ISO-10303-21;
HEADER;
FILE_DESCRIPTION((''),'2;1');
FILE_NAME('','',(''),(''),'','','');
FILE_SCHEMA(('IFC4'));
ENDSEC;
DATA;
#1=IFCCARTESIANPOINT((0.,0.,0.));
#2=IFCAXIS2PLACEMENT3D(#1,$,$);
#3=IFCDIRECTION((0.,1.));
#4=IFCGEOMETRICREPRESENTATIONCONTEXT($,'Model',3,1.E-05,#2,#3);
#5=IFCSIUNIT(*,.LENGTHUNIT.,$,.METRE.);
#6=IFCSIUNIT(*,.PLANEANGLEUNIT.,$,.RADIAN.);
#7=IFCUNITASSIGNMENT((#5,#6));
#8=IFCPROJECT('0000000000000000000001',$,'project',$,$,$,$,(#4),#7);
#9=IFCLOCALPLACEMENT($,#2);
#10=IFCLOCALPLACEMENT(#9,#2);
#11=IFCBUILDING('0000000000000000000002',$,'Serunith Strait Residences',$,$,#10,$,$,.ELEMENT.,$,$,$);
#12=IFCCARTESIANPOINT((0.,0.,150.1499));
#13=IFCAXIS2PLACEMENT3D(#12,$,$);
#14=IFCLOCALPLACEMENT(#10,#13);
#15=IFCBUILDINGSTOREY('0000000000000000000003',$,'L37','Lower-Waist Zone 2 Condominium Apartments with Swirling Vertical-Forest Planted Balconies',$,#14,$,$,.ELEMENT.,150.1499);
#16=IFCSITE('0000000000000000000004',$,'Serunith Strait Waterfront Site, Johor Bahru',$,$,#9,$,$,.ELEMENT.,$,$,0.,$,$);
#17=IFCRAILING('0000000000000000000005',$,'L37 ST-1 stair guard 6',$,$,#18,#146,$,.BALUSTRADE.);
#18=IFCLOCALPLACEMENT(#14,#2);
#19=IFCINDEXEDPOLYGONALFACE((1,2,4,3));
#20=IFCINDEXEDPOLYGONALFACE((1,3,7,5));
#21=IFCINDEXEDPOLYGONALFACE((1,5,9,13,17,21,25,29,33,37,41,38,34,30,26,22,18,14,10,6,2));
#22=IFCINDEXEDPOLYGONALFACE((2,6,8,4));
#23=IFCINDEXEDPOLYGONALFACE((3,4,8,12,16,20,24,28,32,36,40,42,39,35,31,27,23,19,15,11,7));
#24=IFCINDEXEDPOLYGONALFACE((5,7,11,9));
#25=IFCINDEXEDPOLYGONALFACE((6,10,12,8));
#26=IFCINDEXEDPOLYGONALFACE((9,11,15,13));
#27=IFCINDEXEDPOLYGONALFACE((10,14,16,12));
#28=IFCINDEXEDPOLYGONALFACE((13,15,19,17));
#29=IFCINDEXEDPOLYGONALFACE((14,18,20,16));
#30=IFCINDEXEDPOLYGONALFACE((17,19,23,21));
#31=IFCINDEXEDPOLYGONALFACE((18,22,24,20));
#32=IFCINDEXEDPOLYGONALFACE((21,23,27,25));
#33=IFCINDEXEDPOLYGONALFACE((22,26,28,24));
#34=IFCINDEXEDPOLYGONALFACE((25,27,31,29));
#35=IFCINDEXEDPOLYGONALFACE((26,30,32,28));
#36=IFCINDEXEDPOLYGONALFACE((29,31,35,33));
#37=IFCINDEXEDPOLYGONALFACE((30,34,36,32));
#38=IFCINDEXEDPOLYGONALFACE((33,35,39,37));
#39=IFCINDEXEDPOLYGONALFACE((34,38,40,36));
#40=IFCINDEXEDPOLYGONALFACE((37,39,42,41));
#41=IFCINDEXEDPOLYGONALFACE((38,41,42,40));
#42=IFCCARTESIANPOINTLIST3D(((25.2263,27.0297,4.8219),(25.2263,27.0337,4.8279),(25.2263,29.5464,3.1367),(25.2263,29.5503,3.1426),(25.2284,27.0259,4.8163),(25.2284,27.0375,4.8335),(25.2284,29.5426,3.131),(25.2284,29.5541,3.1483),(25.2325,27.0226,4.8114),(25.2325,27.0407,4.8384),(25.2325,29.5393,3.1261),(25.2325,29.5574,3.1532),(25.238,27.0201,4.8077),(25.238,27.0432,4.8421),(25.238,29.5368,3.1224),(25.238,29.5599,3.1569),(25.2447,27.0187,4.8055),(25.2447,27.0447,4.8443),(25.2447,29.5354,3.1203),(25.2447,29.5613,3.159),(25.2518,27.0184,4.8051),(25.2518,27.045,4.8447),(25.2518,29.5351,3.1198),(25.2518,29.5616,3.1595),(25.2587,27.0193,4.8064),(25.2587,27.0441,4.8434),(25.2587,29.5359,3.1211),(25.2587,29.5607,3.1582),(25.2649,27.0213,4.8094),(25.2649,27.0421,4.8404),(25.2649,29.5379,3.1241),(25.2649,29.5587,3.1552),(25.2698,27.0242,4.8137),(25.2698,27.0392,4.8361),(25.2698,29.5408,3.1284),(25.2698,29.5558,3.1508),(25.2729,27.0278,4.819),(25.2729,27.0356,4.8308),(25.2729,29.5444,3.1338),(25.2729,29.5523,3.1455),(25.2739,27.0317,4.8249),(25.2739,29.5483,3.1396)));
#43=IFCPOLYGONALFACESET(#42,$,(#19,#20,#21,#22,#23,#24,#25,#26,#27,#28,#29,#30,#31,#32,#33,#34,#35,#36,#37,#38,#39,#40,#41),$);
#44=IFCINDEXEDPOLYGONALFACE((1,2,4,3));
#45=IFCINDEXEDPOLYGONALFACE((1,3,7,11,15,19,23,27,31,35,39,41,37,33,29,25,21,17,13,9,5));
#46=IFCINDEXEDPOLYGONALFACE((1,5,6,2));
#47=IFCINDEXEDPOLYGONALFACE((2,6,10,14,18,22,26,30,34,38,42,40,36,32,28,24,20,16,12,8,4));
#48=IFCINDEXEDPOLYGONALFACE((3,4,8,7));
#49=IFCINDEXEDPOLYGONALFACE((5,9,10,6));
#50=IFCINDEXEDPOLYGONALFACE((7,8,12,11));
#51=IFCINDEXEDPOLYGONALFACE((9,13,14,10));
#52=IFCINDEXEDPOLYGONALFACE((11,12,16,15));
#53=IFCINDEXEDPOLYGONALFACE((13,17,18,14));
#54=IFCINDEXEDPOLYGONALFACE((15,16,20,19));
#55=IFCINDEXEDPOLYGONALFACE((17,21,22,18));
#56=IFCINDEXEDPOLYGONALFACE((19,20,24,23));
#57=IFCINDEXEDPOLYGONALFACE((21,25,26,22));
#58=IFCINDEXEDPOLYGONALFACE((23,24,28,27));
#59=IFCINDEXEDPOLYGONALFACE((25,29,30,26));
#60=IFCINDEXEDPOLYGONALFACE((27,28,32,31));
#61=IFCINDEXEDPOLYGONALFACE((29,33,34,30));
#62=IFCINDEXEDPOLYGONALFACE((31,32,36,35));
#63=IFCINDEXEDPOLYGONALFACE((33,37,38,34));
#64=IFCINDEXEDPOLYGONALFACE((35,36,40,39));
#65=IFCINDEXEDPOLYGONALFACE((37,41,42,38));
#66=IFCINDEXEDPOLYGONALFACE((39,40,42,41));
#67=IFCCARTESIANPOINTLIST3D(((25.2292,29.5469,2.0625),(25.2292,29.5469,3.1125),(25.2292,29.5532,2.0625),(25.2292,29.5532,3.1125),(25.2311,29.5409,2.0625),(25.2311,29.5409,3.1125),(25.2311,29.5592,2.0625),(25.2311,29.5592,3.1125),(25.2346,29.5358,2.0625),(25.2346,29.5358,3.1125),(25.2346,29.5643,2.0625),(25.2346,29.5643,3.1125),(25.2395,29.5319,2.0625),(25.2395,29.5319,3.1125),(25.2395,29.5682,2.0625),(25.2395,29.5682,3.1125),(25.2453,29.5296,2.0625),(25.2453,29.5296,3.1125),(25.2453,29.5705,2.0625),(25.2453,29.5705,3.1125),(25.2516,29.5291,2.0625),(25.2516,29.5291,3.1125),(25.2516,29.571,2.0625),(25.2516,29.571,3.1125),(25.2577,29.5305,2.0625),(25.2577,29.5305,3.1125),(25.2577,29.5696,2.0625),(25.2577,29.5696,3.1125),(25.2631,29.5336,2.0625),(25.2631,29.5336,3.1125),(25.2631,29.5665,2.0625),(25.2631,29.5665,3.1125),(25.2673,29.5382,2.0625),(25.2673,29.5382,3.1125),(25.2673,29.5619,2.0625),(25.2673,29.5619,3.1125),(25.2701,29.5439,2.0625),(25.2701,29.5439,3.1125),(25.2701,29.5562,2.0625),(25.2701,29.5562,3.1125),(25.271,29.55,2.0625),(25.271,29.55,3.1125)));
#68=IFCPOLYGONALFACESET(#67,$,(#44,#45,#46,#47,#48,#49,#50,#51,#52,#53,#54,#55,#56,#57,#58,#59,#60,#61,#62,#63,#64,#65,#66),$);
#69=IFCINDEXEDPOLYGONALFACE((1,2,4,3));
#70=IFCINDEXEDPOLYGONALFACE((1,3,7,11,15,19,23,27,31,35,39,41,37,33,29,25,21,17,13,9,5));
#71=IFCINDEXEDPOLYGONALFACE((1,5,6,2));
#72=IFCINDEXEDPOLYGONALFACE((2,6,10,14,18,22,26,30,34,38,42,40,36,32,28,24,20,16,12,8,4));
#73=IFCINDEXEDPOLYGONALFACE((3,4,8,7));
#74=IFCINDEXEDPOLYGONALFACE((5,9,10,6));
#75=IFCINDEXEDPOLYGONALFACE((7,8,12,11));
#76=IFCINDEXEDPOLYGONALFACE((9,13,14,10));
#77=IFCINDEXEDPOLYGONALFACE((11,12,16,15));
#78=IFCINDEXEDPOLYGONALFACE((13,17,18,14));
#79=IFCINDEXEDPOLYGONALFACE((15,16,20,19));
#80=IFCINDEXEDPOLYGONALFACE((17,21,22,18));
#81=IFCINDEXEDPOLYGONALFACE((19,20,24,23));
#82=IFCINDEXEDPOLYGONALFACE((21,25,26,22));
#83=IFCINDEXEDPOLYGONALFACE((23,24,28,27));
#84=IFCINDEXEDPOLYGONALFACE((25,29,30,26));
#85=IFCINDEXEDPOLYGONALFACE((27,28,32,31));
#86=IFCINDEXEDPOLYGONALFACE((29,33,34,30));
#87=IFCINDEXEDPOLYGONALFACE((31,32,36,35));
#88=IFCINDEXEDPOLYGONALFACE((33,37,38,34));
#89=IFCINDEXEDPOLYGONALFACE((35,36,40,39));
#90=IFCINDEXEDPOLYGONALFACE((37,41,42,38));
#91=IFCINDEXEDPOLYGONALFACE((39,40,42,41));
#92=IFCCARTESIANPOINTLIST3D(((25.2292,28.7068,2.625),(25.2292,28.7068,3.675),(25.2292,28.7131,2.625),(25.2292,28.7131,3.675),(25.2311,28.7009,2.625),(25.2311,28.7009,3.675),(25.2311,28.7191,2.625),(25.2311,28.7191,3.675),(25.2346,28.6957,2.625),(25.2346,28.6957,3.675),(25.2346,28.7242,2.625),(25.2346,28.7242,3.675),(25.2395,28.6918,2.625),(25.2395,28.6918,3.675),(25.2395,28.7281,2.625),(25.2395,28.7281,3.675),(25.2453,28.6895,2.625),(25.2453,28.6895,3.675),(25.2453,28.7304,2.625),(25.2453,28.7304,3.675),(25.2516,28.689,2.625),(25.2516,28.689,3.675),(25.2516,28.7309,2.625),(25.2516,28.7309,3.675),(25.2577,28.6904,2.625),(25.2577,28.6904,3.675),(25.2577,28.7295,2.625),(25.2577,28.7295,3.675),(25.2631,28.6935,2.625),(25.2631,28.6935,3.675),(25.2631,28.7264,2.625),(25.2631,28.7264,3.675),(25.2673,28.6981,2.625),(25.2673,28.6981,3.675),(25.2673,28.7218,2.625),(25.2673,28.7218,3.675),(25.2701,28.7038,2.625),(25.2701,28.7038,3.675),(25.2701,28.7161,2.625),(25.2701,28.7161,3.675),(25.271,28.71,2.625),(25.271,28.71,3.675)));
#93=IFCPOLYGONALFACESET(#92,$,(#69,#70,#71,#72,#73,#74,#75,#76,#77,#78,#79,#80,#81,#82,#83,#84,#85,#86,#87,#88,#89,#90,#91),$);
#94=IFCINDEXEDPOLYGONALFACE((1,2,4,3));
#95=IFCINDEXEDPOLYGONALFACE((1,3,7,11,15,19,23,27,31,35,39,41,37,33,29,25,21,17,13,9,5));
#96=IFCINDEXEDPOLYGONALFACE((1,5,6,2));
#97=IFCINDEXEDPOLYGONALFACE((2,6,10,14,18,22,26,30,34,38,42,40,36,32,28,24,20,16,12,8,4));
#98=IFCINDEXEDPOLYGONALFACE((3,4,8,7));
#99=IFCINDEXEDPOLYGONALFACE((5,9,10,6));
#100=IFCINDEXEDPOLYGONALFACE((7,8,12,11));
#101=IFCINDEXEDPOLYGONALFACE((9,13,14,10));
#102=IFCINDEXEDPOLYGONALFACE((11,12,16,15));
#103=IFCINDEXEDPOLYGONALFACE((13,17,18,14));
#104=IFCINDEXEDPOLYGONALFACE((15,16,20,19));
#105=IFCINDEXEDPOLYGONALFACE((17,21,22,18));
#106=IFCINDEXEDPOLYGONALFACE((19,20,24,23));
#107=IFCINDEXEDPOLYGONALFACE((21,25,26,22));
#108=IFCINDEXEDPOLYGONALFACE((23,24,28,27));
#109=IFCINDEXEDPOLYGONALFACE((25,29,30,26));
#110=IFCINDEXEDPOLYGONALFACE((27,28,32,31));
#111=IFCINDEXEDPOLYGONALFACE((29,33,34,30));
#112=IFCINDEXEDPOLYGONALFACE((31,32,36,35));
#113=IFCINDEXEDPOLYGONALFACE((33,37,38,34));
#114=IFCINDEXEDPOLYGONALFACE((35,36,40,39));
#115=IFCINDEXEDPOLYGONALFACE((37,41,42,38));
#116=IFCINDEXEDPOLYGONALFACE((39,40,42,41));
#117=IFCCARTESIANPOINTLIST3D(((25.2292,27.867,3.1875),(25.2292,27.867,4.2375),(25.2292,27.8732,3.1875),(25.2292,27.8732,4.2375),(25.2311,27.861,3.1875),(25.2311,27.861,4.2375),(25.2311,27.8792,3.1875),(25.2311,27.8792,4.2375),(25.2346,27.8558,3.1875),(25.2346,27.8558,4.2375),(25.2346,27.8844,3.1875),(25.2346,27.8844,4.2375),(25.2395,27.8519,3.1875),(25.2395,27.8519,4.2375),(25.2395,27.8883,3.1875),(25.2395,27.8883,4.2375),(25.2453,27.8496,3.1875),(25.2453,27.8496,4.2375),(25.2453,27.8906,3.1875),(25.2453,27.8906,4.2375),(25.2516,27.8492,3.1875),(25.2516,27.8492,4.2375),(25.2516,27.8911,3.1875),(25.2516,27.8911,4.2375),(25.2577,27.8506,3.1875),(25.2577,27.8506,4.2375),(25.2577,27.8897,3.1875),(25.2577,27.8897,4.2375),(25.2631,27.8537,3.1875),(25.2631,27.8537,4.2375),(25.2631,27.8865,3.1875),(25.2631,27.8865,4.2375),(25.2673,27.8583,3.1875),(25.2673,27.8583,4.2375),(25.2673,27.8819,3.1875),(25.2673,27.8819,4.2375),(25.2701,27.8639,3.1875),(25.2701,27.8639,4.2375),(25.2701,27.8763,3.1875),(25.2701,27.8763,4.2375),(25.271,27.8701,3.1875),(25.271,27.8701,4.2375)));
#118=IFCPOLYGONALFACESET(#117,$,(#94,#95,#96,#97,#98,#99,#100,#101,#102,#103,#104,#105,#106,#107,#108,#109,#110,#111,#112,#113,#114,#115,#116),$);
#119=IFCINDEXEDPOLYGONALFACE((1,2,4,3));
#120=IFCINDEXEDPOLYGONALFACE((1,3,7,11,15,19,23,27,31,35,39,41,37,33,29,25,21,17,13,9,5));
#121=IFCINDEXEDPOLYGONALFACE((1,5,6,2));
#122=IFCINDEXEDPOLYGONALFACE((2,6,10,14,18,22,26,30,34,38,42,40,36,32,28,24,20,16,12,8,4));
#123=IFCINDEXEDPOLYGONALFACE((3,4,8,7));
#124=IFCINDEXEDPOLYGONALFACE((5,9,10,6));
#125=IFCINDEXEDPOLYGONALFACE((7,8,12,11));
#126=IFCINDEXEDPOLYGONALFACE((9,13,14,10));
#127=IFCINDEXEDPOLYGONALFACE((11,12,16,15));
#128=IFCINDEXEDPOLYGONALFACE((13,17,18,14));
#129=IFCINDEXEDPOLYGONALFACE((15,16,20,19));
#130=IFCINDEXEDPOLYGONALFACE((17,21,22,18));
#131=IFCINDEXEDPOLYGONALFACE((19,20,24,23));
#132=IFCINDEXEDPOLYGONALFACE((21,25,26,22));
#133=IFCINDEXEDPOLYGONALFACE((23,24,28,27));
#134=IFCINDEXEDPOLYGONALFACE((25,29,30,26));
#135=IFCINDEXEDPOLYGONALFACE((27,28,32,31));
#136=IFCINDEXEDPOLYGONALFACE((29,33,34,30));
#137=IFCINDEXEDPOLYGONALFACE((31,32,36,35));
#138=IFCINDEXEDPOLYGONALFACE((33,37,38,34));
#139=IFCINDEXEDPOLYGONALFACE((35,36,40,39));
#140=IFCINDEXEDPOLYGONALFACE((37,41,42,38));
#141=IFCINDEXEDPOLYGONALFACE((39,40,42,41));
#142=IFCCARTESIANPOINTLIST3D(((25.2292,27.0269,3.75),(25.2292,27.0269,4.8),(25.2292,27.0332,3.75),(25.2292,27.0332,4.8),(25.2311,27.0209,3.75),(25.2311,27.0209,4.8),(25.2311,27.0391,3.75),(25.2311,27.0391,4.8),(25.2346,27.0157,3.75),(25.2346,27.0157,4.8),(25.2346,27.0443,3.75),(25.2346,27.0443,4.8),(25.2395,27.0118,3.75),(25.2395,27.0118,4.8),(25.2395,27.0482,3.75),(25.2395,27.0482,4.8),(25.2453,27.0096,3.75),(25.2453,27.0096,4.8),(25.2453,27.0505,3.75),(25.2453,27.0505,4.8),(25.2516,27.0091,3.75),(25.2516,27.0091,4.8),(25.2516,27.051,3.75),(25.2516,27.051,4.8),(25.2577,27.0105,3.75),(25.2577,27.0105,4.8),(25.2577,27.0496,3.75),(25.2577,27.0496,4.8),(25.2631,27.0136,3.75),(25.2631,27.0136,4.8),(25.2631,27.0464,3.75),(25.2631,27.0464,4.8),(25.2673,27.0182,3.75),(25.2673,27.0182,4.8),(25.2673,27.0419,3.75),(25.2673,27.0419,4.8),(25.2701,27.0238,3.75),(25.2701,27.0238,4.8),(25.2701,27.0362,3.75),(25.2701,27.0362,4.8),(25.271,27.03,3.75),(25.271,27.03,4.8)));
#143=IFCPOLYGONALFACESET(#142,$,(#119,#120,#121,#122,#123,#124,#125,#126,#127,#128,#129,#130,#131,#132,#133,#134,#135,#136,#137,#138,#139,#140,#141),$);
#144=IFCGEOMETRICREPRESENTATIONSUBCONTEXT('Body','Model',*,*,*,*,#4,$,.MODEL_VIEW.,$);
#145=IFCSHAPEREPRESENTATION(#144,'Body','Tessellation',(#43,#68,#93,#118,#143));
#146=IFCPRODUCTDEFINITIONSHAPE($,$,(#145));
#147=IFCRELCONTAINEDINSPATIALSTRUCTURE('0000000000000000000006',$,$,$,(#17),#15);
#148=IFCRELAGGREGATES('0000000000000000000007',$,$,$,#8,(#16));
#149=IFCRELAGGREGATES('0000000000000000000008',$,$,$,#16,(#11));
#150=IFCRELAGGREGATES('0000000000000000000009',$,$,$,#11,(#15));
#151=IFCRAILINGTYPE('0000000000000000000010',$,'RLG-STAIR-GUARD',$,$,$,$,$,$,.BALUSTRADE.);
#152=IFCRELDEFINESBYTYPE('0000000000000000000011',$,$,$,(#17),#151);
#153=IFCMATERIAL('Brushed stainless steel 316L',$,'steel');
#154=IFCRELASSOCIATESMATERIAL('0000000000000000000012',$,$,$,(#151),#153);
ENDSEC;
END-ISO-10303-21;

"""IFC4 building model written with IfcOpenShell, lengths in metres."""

from ifc_helpers import new_model, si_unit, direction, frame, origin, origin_2d, place, context, subcontext, project, spatial, circle, extrude, material, type_object, element, save


model = new_model("IFC4")

# Units and contexts
model_context = context("Model", 3, precision=1e-05, world=origin(), true_north=direction((0.0, 1.0)))
body_context = subcontext(model_context, "Body", "Model", "MODEL_VIEW")
ifc_project = project(units=[si_unit("LENGTHUNIT", "METRE"), si_unit("PLANEANGLEUNIT", "RADIAN")], contexts=[model_context])

# Site, building, storey
site_placement = place(None, origin())
site = spatial("IfcSite", under=ifc_project, at=site_placement, Name="Serunith Strait Waterfront Site, Johor Bahru", CompositionType="ELEMENT", RefElevation=0.0)
building_placement = place(site_placement, origin())
building = spatial("IfcBuilding", under=site, at=building_placement, Name="Serunith Strait Residences", CompositionType="ELEMENT")
storey_placement = place(building_placement, frame((0.0, 0.0, 150.1499)))
storey = spatial("IfcBuildingStorey", under=building, at=storey_placement, Name="L37", Description="Lower-Waist Zone 2 Condominium Apartments with Swirling Vertical-Forest Planted Balconies", CompositionType="ELEMENT", Elevation=150.1499)

# Railing
ifc_material_1 = material(Name="Brushed stainless steel 316L", Category="steel")
railing_type_1 = type_object("IfcRailingType", Name="RLG-STAIR-GUARD", PredefinedType="BALUSTRADE", material=ifc_material_1)
railing_1_placement = place(storey_placement, frame((25.25, 29.55, 2.0625)))
element("IfcRailing", 1, at=railing_1_placement, inside=storey, type_object=railing_type_1, Name="L37 ST-1 stair guard 6", PredefinedType="BALUSTRADE", context=body_context, shape_type="SweptSolid", body=[
    extrude(circle(Radius=0.0239, at=origin_2d()), frame((0.0, -0.0017, 1.0771), z_axis=(0.0, -0.830909, 0.556408), x_axis=(1.0, 0.0, 0.0)), (0.0, 0.0, 1.0), 3.0288),
    extrude(circle(Radius=0.021, at=origin_2d()), origin(), (0.0, 0.0, 1.0), 1.05),
    extrude(circle(Radius=0.021, at=origin_2d()), frame((0.0, -0.8401, 0.5625)), (0.0, 0.0, 1.0), 1.05),
    extrude(circle(Radius=0.021, at=origin_2d()), frame((0.0, -1.6799, 1.125)), (0.0, 0.0, 1.0), 1.05),
    extrude(circle(Radius=0.021, at=origin_2d()), frame((0.0, -2.52, 1.6875)), (0.0, 0.0, 1.0), 1.05),
])

save(model, "model.ifc")
